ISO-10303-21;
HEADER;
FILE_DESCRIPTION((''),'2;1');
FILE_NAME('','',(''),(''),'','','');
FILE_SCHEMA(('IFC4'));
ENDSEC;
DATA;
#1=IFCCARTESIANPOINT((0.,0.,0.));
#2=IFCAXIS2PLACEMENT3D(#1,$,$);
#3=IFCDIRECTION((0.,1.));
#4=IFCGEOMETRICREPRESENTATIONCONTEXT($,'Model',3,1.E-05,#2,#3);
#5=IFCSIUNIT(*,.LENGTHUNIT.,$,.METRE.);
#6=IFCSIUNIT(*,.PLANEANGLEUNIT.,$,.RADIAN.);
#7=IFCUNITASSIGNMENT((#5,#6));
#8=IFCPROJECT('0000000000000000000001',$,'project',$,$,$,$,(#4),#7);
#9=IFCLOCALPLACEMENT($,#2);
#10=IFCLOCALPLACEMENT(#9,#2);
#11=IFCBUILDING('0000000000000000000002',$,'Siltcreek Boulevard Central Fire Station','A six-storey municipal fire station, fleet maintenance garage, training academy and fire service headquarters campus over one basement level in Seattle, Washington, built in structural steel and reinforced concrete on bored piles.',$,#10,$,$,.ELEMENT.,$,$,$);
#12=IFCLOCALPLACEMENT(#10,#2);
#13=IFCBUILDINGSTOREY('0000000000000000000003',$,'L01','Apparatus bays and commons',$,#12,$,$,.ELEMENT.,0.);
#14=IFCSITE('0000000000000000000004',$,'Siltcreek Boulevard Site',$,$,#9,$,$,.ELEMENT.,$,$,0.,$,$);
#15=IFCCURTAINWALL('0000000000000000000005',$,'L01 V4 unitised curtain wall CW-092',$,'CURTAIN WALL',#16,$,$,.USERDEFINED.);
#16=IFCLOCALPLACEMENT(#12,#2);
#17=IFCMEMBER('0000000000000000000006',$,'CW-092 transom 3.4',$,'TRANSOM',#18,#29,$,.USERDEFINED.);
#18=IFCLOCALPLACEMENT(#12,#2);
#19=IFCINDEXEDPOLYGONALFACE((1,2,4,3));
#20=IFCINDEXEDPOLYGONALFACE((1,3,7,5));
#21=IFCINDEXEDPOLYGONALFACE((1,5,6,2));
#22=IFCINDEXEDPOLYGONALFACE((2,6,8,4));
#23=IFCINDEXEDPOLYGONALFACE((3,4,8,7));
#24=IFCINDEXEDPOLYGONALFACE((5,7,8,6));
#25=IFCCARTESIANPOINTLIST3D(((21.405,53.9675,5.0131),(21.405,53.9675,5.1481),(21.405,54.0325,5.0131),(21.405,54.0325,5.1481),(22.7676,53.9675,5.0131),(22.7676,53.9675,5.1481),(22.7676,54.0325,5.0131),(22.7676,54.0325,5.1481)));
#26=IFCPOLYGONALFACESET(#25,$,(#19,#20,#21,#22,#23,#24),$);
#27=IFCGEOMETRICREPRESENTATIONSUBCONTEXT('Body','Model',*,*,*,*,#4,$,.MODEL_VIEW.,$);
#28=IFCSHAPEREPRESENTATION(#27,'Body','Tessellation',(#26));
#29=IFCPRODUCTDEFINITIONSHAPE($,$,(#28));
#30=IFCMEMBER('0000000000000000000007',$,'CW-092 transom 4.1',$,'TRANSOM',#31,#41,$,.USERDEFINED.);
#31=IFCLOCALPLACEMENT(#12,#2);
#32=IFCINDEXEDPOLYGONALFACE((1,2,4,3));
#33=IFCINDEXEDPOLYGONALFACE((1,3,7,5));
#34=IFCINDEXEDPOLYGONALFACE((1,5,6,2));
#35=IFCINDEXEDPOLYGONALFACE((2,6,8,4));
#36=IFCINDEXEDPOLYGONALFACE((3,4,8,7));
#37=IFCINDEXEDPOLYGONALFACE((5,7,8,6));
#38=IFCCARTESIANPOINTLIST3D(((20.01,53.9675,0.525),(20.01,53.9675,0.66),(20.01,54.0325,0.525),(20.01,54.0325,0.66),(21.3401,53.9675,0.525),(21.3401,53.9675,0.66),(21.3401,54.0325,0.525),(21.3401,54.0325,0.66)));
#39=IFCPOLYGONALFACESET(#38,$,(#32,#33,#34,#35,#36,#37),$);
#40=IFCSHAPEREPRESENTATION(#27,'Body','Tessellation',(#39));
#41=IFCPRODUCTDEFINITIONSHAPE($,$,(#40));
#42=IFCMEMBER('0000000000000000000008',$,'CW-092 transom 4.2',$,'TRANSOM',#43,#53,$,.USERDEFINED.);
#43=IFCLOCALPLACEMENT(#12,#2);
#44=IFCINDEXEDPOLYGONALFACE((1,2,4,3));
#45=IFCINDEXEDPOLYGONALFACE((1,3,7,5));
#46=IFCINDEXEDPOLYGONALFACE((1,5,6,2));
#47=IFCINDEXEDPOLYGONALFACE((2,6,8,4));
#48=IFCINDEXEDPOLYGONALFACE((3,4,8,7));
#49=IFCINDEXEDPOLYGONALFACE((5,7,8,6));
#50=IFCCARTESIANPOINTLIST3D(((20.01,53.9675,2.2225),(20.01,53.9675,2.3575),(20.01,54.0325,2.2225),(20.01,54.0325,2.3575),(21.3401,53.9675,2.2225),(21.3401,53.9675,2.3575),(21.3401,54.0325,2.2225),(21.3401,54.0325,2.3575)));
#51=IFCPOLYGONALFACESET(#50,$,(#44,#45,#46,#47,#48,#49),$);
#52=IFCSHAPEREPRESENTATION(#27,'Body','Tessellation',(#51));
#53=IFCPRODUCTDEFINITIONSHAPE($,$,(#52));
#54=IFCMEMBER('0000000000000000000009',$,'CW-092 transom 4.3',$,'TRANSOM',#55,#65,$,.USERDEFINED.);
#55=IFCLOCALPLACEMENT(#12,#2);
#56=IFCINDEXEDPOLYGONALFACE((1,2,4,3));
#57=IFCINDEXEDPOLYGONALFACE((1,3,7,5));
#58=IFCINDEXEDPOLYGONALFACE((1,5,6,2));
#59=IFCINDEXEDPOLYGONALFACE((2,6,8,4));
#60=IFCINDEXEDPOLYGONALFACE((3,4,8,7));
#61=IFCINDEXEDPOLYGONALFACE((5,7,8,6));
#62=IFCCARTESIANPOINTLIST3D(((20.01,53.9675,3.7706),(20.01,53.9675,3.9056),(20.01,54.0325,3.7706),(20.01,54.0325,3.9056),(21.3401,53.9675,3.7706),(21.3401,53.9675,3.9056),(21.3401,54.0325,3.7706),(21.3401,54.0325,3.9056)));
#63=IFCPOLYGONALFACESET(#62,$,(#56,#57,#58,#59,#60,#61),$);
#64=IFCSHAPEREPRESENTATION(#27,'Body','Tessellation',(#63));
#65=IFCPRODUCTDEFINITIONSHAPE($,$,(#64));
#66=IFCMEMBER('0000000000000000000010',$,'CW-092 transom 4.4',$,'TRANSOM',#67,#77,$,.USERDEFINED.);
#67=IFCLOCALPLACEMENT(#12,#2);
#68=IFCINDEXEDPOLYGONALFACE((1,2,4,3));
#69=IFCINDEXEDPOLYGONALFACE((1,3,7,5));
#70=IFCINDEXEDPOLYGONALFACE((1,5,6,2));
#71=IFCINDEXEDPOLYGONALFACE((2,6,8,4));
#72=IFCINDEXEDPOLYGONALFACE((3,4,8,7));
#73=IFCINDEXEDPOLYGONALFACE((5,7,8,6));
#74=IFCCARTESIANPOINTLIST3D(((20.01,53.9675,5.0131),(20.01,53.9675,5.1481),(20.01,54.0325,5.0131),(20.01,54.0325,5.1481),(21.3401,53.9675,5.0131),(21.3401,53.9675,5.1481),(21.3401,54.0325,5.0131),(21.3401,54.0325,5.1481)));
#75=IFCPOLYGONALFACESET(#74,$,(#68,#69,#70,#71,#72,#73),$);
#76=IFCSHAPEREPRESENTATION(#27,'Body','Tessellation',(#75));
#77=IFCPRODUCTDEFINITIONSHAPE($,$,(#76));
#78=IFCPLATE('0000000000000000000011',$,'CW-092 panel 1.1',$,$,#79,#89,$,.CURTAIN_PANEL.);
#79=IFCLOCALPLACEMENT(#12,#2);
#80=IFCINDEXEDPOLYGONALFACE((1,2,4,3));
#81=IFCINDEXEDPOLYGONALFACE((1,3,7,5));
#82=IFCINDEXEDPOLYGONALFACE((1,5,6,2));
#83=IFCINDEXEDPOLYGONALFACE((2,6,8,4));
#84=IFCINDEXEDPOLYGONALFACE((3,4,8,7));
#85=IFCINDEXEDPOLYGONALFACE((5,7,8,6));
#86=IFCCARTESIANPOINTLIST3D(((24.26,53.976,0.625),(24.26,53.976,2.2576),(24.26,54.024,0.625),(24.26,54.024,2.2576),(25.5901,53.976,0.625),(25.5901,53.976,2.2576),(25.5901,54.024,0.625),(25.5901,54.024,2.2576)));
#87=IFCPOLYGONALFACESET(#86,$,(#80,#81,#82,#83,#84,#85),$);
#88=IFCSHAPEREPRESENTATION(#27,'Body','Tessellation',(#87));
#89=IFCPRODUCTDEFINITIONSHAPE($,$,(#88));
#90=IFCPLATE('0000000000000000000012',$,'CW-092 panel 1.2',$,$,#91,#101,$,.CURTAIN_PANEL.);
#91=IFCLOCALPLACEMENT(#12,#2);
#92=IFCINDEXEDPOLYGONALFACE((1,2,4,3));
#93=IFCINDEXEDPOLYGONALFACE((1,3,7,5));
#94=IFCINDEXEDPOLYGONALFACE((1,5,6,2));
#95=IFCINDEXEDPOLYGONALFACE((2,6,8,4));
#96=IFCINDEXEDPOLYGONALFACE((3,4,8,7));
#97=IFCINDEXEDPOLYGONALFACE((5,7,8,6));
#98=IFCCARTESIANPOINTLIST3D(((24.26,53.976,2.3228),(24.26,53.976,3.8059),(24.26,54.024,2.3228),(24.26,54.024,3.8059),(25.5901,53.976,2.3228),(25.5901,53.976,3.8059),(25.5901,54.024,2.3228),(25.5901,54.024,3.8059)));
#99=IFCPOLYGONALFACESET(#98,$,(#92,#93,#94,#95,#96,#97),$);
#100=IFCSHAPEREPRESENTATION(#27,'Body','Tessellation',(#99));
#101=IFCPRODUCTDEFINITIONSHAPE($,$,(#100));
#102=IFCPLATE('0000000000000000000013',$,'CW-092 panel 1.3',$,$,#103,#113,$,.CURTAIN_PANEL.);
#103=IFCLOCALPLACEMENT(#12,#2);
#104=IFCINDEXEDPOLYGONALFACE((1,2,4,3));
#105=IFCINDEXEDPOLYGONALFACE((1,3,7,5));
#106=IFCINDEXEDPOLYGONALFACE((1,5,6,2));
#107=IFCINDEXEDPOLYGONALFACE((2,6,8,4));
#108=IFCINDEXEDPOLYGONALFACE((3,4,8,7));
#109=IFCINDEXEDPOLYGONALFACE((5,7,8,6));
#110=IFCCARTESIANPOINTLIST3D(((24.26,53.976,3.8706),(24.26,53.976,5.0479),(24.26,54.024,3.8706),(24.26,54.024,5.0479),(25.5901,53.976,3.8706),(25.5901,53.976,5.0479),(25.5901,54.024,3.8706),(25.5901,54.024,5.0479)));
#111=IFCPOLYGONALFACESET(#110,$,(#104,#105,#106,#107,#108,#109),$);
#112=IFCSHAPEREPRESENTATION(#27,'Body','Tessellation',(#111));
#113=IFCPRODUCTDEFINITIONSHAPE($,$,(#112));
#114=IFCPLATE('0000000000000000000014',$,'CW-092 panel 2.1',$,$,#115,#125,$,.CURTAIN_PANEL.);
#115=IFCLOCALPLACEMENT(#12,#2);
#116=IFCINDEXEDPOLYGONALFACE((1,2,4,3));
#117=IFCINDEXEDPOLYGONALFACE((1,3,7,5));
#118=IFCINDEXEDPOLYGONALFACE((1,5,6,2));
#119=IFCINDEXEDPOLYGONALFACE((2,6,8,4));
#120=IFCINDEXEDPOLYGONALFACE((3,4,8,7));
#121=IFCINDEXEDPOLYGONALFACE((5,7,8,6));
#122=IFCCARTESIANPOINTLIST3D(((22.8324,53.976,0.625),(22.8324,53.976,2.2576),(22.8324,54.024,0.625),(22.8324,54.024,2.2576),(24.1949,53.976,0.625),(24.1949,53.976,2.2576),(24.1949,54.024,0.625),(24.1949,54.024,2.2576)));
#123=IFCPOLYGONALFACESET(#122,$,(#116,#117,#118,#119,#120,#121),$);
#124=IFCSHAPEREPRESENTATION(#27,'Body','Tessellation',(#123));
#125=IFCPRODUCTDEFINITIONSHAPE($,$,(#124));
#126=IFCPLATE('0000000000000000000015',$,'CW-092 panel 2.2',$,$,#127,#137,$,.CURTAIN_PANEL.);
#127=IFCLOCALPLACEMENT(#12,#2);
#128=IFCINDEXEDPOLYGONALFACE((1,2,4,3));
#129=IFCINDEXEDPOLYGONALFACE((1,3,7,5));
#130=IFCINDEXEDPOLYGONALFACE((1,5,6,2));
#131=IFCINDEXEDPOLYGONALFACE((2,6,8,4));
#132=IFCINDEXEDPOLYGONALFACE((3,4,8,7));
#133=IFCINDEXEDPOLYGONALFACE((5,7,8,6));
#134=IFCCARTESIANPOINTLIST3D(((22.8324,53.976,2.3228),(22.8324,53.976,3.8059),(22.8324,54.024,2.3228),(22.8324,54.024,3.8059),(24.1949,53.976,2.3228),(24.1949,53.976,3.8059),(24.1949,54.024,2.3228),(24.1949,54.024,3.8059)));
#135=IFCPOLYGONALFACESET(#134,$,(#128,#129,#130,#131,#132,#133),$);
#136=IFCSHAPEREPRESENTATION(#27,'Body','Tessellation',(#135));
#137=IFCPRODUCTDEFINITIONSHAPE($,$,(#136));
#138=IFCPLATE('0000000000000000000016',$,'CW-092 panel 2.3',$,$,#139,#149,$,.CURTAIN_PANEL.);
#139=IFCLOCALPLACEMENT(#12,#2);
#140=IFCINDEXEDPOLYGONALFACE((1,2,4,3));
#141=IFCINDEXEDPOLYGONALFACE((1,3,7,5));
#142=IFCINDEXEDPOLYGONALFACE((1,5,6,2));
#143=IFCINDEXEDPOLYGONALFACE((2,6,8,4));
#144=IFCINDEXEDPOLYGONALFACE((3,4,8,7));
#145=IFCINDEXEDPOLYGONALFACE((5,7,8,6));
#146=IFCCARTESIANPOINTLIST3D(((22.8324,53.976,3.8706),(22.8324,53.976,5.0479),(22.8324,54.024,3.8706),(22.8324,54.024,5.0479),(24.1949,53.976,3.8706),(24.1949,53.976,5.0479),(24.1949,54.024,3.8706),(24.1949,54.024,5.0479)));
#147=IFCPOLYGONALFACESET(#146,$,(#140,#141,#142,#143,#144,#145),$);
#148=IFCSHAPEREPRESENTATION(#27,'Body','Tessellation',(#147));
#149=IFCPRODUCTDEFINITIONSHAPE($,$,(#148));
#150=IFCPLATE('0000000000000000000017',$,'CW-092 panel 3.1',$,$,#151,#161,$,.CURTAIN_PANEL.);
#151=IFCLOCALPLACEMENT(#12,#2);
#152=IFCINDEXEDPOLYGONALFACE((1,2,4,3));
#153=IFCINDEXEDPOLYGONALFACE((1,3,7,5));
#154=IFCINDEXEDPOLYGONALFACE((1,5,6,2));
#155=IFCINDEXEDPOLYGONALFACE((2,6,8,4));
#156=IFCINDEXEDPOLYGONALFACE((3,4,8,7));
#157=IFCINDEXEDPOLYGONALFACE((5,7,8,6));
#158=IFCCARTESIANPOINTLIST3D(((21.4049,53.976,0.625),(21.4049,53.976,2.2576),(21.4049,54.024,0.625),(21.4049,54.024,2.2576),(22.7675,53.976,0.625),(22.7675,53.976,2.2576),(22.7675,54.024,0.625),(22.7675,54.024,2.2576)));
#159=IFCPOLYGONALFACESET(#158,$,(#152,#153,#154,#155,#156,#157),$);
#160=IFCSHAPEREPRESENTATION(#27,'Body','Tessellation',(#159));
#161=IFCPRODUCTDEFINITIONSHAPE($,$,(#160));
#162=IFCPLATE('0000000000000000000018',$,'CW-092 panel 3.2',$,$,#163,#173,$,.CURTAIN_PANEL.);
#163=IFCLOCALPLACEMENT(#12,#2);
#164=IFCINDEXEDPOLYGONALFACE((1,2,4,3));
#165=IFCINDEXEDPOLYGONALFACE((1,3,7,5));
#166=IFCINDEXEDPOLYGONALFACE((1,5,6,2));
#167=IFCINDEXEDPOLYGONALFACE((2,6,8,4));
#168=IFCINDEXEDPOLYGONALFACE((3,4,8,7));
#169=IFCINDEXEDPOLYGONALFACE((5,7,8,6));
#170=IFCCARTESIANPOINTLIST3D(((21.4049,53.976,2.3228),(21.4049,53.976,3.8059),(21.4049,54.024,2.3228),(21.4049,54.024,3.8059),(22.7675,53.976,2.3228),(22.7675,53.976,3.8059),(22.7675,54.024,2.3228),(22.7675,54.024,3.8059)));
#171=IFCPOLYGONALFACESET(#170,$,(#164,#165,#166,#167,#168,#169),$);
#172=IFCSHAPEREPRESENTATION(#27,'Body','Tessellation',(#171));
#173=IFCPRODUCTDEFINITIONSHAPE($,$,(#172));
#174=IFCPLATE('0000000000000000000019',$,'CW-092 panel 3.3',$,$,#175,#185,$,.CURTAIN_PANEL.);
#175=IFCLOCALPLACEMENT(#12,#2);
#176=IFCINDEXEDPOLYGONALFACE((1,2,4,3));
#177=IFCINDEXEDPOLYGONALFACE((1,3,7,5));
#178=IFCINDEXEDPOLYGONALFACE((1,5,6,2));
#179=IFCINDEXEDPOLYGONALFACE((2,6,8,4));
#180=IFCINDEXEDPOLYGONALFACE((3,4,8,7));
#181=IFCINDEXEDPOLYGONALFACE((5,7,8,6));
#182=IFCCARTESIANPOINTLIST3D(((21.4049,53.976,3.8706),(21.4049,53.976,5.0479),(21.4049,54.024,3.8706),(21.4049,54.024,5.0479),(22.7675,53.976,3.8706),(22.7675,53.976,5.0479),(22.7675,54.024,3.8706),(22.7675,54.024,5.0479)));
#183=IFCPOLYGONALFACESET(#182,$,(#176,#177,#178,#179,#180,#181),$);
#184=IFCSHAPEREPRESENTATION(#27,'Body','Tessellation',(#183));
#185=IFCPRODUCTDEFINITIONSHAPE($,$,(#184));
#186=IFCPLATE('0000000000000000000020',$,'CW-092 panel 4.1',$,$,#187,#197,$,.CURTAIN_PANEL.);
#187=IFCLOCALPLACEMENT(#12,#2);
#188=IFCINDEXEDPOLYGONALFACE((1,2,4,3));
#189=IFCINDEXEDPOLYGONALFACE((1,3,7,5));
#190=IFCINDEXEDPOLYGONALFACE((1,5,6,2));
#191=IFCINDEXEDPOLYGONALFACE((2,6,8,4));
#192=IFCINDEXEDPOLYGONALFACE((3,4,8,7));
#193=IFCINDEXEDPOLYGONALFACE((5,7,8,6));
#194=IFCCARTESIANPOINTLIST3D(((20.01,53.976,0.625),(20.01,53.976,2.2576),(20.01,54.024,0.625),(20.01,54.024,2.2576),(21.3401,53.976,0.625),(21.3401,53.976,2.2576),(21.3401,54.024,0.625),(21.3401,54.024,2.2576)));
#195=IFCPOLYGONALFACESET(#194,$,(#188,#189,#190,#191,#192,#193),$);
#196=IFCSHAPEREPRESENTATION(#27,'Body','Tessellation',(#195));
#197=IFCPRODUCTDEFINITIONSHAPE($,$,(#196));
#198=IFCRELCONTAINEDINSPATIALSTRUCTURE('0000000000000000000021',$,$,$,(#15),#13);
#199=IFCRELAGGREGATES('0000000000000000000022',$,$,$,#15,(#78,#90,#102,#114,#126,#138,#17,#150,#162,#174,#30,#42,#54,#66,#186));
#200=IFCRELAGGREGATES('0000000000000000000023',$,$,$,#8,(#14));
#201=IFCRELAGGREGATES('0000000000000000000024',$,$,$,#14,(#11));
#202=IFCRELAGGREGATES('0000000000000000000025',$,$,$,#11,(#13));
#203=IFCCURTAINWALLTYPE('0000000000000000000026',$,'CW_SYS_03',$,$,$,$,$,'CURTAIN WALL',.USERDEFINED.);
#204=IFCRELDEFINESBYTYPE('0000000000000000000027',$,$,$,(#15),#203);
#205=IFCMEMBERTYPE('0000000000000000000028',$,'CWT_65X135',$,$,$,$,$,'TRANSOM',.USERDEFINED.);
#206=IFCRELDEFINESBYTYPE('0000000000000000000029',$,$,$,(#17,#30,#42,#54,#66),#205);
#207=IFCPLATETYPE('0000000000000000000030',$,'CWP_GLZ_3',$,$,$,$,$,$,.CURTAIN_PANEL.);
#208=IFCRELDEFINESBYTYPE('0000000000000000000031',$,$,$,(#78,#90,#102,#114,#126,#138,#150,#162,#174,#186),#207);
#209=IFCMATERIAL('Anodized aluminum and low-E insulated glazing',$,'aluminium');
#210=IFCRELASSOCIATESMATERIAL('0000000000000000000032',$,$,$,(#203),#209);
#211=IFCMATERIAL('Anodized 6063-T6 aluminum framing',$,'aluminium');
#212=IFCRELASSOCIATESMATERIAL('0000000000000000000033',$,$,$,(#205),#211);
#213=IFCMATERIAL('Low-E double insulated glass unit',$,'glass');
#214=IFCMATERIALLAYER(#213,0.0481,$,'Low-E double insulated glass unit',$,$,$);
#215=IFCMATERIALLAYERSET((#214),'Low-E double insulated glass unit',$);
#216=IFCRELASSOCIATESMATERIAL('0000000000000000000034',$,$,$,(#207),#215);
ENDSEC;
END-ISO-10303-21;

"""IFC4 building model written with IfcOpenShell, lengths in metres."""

from ifc_helpers import new_model, si_unit, direction, frame, origin, origin_2d, place, context, subcontext, project, spatial, rectangle, extrude, material, layer, layer_set, material_profile, profile_set, type_object, element, aggregate, save


model = new_model("IFC4")

# Units and contexts
model_context = context("Model", 3, precision=1e-05, world=origin(), true_north=direction((0.0, 1.0)))
body_context = subcontext(model_context, "Body", "Model", "MODEL_VIEW")
ifc_project = project(units=[si_unit("LENGTHUNIT", "METRE"), si_unit("PLANEANGLEUNIT", "RADIAN")], contexts=[model_context])

# Site, building, storey
site_placement = place(None, origin())
site = spatial("IfcSite", under=ifc_project, at=site_placement, Name="Siltcreek Boulevard Site", CompositionType="ELEMENT", RefElevation=0.0)
building_placement = place(site_placement, origin())
building = spatial("IfcBuilding", under=site, at=building_placement, Name="Siltcreek Boulevard Central Fire Station", Description="A six-storey municipal fire station, fleet maintenance garage, training academy and fire service headquarters campus over one basement level in Seattle, Washington, built in structural steel and reinforced concrete on bored piles.", CompositionType="ELEMENT")
storey_placement = place(building_placement, origin())
storey = spatial("IfcBuildingStorey", under=building, at=storey_placement, Name="L01", Description="Apparatus bays and commons", CompositionType="ELEMENT", Elevation=0.0)

# Curtain wall, members, plates
ifc_material_1 = material(Name="Anodized aluminum and low-E insulated glazing", Category="aluminium")
curtain_wall_type = type_object("IfcCurtainWallType", Name="CW_SYS_03", ElementType="CURTAIN WALL", PredefinedType="USERDEFINED", material=ifc_material_1)
curtain_wall_placement = place(storey_placement, origin())
curtain_wall = element("IfcCurtainWall", 1, at=curtain_wall_placement, inside=storey, type_object=curtain_wall_type, Name="L01 V4 unitised curtain wall CW-092", ObjectType="CURTAIN WALL", PredefinedType="USERDEFINED")
ifc_material_2 = material(Name="Anodized 6063-T6 aluminum framing", Category="aluminium")
ifc_material_profile_1 = material_profile(ifc_material_2, rectangle(XDim=0.0649, YDim=0.135, at=origin_2d()), Name="TRAN65X135")
ifc_profile_set_1 = profile_set([ifc_material_profile_1], Name="Anodized 6063-T6 aluminum framing")
member_type_1 = type_object("IfcMemberType", Name="CWT_65X135", ElementType="TRANSOM", PredefinedType="USERDEFINED", material=ifc_profile_set_1)
member_1_placement = place(storey_placement, frame((22.7676, 54.0, 5.0806), z_axis=(-1.0, 0.0, 0.0), x_axis=(0.0, -1.0, 0.0)))
member_1 = element("IfcMember", 2, at=member_1_placement, type_object=member_type_1, Name="CW-092 transom 3.4", ObjectType="TRANSOM", PredefinedType="USERDEFINED", context=body_context, shape_type="SweptSolid", body=[
    extrude(rectangle(XDim=0.0649, YDim=0.135, at=origin_2d()), origin(), (0.0, 0.0, 1.0), 1.3625),
])
member_2_placement = place(storey_placement, frame((21.3401, 54.0, 0.5925), z_axis=(-1.0, 0.0, 0.0), x_axis=(0.0, -1.0, 0.0)))
member_2 = element("IfcMember", 3, at=member_2_placement, type_object=member_type_1, Name="CW-092 transom 4.1", ObjectType="TRANSOM", PredefinedType="USERDEFINED", context=body_context, shape_type="SweptSolid", body=[
    extrude(rectangle(XDim=0.0649, YDim=0.135, at=origin_2d()), origin(), (0.0, 0.0, 1.0), 1.3301),
])
member_3_placement = place(storey_placement, frame((21.3401, 54.0, 2.29), z_axis=(-1.0, 0.0, 0.0), x_axis=(0.0, -1.0, 0.0)))
member_3 = element("IfcMember", 4, at=member_3_placement, type_object=member_type_1, Name="CW-092 transom 4.2", ObjectType="TRANSOM", PredefinedType="USERDEFINED", context=body_context, shape_type="SweptSolid", body=[
    extrude(rectangle(XDim=0.0649, YDim=0.135, at=origin_2d()), origin(), (0.0, 0.0, 1.0), 1.3301),
])
member_4_placement = place(storey_placement, frame((21.3401, 54.0, 3.8381), z_axis=(-1.0, 0.0, 0.0), x_axis=(0.0, -1.0, 0.0)))
member_4 = element("IfcMember", 5, at=member_4_placement, type_object=member_type_1, Name="CW-092 transom 4.3", ObjectType="TRANSOM", PredefinedType="USERDEFINED", context=body_context, shape_type="SweptSolid", body=[
    extrude(rectangle(XDim=0.0649, YDim=0.135, at=origin_2d()), origin(), (0.0, 0.0, 1.0), 1.3301),
])
member_5_placement = place(storey_placement, frame((21.3401, 54.0, 5.0806), z_axis=(-1.0, 0.0, 0.0), x_axis=(0.0, -1.0, 0.0)))
member_5 = element("IfcMember", 6, at=member_5_placement, type_object=member_type_1, Name="CW-092 transom 4.4", ObjectType="TRANSOM", PredefinedType="USERDEFINED", context=body_context, shape_type="SweptSolid", body=[
    extrude(rectangle(XDim=0.0649, YDim=0.135, at=origin_2d()), origin(), (0.0, 0.0, 1.0), 1.3301),
])
ifc_material_3 = material(Name="Low-E double insulated glass unit", Category="glass")
ifc_layer = layer(ifc_material_3, 0.0481, Name="Low-E double insulated glass unit")
ifc_layer_set = layer_set([ifc_layer], Name="Low-E double insulated glass unit")
plate_type = type_object("IfcPlateType", Name="CWP_GLZ_3", PredefinedType="CURTAIN_PANEL", material=ifc_layer_set)
plate_1_placement = place(storey_placement, frame((24.925, 54.0, 0.625), z_axis=(0.0, 0.0, 1.0), x_axis=(-1.0, 0.0, 0.0)))
plate_1 = element("IfcPlate", 7, at=plate_1_placement, type_object=plate_type, Name="CW-092 panel 1.1", PredefinedType="CURTAIN_PANEL", context=body_context, shape_type="SweptSolid", body=[
    extrude(rectangle(XDim=1.3301, YDim=0.0481, at=origin_2d()), origin(), (0.0, 0.0, 1.0), 1.6326),
])
plate_2_placement = place(storey_placement, frame((24.925, 54.0, 2.3228), z_axis=(0.0, 0.0, 1.0), x_axis=(-1.0, 0.0, 0.0)))
plate_2 = element("IfcPlate", 8, at=plate_2_placement, type_object=plate_type, Name="CW-092 panel 1.2", PredefinedType="CURTAIN_PANEL", context=body_context, shape_type="SweptSolid", body=[
    extrude(rectangle(XDim=1.3301, YDim=0.0481, at=origin_2d()), origin(), (0.0, 0.0, 1.0), 1.4832),
])
plate_3_placement = place(storey_placement, frame((24.925, 54.0, 3.8706), z_axis=(0.0, 0.0, 1.0), x_axis=(-1.0, 0.0, 0.0)))
plate_3 = element("IfcPlate", 9, at=plate_3_placement, type_object=plate_type, Name="CW-092 panel 1.3", PredefinedType="CURTAIN_PANEL", context=body_context, shape_type="SweptSolid", body=[
    extrude(rectangle(XDim=1.3301, YDim=0.0481, at=origin_2d()), origin(), (0.0, 0.0, 1.0), 1.1772),
])
plate_4_placement = place(storey_placement, frame((23.5137, 54.0, 0.625), z_axis=(0.0, 0.0, 1.0), x_axis=(-1.0, 0.0, 0.0)))
plate_4 = element("IfcPlate", 10, at=plate_4_placement, type_object=plate_type, Name="CW-092 panel 2.1", PredefinedType="CURTAIN_PANEL", context=body_context, shape_type="SweptSolid", body=[
    extrude(rectangle(XDim=1.3625, YDim=0.0481, at=origin_2d()), origin(), (0.0, 0.0, 1.0), 1.6326),
])
plate_5_placement = place(storey_placement, frame((23.5137, 54.0, 2.3228), z_axis=(0.0, 0.0, 1.0), x_axis=(-1.0, 0.0, 0.0)))
plate_5 = element("IfcPlate", 11, at=plate_5_placement, type_object=plate_type, Name="CW-092 panel 2.2", PredefinedType="CURTAIN_PANEL", context=body_context, shape_type="SweptSolid", body=[
    extrude(rectangle(XDim=1.3625, YDim=0.0481, at=origin_2d()), origin(), (0.0, 0.0, 1.0), 1.4832),
])
plate_6_placement = place(storey_placement, frame((23.5137, 54.0, 3.8706), z_axis=(0.0, 0.0, 1.0), x_axis=(-1.0, 0.0, 0.0)))
plate_6 = element("IfcPlate", 12, at=plate_6_placement, type_object=plate_type, Name="CW-092 panel 2.3", PredefinedType="CURTAIN_PANEL", context=body_context, shape_type="SweptSolid", body=[
    extrude(rectangle(XDim=1.3625, YDim=0.0481, at=origin_2d()), origin(), (0.0, 0.0, 1.0), 1.1772),
])
plate_7_placement = place(storey_placement, frame((22.0862, 54.0, 0.625), z_axis=(0.0, 0.0, 1.0), x_axis=(-1.0, 0.0, 0.0)))
plate_7 = element("IfcPlate", 13, at=plate_7_placement, type_object=plate_type, Name="CW-092 panel 3.1", PredefinedType="CURTAIN_PANEL", context=body_context, shape_type="SweptSolid", body=[
    extrude(rectangle(XDim=1.3625, YDim=0.0481, at=origin_2d()), origin(), (0.0, 0.0, 1.0), 1.6326),
])
plate_8_placement = place(storey_placement, frame((22.0862, 54.0, 2.3228), z_axis=(0.0, 0.0, 1.0), x_axis=(-1.0, 0.0, 0.0)))
plate_8 = element("IfcPlate", 14, at=plate_8_placement, type_object=plate_type, Name="CW-092 panel 3.2", PredefinedType="CURTAIN_PANEL", context=body_context, shape_type="SweptSolid", body=[
    extrude(rectangle(XDim=1.3625, YDim=0.0481, at=origin_2d()), origin(), (0.0, 0.0, 1.0), 1.4832),
])
plate_9_placement = place(storey_placement, frame((22.0862, 54.0, 3.8706), z_axis=(0.0, 0.0, 1.0), x_axis=(-1.0, 0.0, 0.0)))
plate_9 = element("IfcPlate", 15, at=plate_9_placement, type_object=plate_type, Name="CW-092 panel 3.3", PredefinedType="CURTAIN_PANEL", context=body_context, shape_type="SweptSolid", body=[
    extrude(rectangle(XDim=1.3625, YDim=0.0481, at=origin_2d()), origin(), (0.0, 0.0, 1.0), 1.1772),
])
plate_10_placement = place(storey_placement, frame((20.675, 54.0, 0.625), z_axis=(0.0, 0.0, 1.0), x_axis=(-1.0, 0.0, 0.0)))
plate_10 = element("IfcPlate", 16, at=plate_10_placement, type_object=plate_type, Name="CW-092 panel 4.1", PredefinedType="CURTAIN_PANEL", context=body_context, shape_type="SweptSolid", body=[
    extrude(rectangle(XDim=1.3301, YDim=0.0481, at=origin_2d()), origin(), (0.0, 0.0, 1.0), 1.6326),
])
aggregate(curtain_wall, [plate_1, plate_2, plate_3, plate_4, plate_5, plate_6, member_1, plate_7, plate_8, plate_9, member_2, member_3, member_4, member_5, plate_10])

save(model, "model.ifc")
